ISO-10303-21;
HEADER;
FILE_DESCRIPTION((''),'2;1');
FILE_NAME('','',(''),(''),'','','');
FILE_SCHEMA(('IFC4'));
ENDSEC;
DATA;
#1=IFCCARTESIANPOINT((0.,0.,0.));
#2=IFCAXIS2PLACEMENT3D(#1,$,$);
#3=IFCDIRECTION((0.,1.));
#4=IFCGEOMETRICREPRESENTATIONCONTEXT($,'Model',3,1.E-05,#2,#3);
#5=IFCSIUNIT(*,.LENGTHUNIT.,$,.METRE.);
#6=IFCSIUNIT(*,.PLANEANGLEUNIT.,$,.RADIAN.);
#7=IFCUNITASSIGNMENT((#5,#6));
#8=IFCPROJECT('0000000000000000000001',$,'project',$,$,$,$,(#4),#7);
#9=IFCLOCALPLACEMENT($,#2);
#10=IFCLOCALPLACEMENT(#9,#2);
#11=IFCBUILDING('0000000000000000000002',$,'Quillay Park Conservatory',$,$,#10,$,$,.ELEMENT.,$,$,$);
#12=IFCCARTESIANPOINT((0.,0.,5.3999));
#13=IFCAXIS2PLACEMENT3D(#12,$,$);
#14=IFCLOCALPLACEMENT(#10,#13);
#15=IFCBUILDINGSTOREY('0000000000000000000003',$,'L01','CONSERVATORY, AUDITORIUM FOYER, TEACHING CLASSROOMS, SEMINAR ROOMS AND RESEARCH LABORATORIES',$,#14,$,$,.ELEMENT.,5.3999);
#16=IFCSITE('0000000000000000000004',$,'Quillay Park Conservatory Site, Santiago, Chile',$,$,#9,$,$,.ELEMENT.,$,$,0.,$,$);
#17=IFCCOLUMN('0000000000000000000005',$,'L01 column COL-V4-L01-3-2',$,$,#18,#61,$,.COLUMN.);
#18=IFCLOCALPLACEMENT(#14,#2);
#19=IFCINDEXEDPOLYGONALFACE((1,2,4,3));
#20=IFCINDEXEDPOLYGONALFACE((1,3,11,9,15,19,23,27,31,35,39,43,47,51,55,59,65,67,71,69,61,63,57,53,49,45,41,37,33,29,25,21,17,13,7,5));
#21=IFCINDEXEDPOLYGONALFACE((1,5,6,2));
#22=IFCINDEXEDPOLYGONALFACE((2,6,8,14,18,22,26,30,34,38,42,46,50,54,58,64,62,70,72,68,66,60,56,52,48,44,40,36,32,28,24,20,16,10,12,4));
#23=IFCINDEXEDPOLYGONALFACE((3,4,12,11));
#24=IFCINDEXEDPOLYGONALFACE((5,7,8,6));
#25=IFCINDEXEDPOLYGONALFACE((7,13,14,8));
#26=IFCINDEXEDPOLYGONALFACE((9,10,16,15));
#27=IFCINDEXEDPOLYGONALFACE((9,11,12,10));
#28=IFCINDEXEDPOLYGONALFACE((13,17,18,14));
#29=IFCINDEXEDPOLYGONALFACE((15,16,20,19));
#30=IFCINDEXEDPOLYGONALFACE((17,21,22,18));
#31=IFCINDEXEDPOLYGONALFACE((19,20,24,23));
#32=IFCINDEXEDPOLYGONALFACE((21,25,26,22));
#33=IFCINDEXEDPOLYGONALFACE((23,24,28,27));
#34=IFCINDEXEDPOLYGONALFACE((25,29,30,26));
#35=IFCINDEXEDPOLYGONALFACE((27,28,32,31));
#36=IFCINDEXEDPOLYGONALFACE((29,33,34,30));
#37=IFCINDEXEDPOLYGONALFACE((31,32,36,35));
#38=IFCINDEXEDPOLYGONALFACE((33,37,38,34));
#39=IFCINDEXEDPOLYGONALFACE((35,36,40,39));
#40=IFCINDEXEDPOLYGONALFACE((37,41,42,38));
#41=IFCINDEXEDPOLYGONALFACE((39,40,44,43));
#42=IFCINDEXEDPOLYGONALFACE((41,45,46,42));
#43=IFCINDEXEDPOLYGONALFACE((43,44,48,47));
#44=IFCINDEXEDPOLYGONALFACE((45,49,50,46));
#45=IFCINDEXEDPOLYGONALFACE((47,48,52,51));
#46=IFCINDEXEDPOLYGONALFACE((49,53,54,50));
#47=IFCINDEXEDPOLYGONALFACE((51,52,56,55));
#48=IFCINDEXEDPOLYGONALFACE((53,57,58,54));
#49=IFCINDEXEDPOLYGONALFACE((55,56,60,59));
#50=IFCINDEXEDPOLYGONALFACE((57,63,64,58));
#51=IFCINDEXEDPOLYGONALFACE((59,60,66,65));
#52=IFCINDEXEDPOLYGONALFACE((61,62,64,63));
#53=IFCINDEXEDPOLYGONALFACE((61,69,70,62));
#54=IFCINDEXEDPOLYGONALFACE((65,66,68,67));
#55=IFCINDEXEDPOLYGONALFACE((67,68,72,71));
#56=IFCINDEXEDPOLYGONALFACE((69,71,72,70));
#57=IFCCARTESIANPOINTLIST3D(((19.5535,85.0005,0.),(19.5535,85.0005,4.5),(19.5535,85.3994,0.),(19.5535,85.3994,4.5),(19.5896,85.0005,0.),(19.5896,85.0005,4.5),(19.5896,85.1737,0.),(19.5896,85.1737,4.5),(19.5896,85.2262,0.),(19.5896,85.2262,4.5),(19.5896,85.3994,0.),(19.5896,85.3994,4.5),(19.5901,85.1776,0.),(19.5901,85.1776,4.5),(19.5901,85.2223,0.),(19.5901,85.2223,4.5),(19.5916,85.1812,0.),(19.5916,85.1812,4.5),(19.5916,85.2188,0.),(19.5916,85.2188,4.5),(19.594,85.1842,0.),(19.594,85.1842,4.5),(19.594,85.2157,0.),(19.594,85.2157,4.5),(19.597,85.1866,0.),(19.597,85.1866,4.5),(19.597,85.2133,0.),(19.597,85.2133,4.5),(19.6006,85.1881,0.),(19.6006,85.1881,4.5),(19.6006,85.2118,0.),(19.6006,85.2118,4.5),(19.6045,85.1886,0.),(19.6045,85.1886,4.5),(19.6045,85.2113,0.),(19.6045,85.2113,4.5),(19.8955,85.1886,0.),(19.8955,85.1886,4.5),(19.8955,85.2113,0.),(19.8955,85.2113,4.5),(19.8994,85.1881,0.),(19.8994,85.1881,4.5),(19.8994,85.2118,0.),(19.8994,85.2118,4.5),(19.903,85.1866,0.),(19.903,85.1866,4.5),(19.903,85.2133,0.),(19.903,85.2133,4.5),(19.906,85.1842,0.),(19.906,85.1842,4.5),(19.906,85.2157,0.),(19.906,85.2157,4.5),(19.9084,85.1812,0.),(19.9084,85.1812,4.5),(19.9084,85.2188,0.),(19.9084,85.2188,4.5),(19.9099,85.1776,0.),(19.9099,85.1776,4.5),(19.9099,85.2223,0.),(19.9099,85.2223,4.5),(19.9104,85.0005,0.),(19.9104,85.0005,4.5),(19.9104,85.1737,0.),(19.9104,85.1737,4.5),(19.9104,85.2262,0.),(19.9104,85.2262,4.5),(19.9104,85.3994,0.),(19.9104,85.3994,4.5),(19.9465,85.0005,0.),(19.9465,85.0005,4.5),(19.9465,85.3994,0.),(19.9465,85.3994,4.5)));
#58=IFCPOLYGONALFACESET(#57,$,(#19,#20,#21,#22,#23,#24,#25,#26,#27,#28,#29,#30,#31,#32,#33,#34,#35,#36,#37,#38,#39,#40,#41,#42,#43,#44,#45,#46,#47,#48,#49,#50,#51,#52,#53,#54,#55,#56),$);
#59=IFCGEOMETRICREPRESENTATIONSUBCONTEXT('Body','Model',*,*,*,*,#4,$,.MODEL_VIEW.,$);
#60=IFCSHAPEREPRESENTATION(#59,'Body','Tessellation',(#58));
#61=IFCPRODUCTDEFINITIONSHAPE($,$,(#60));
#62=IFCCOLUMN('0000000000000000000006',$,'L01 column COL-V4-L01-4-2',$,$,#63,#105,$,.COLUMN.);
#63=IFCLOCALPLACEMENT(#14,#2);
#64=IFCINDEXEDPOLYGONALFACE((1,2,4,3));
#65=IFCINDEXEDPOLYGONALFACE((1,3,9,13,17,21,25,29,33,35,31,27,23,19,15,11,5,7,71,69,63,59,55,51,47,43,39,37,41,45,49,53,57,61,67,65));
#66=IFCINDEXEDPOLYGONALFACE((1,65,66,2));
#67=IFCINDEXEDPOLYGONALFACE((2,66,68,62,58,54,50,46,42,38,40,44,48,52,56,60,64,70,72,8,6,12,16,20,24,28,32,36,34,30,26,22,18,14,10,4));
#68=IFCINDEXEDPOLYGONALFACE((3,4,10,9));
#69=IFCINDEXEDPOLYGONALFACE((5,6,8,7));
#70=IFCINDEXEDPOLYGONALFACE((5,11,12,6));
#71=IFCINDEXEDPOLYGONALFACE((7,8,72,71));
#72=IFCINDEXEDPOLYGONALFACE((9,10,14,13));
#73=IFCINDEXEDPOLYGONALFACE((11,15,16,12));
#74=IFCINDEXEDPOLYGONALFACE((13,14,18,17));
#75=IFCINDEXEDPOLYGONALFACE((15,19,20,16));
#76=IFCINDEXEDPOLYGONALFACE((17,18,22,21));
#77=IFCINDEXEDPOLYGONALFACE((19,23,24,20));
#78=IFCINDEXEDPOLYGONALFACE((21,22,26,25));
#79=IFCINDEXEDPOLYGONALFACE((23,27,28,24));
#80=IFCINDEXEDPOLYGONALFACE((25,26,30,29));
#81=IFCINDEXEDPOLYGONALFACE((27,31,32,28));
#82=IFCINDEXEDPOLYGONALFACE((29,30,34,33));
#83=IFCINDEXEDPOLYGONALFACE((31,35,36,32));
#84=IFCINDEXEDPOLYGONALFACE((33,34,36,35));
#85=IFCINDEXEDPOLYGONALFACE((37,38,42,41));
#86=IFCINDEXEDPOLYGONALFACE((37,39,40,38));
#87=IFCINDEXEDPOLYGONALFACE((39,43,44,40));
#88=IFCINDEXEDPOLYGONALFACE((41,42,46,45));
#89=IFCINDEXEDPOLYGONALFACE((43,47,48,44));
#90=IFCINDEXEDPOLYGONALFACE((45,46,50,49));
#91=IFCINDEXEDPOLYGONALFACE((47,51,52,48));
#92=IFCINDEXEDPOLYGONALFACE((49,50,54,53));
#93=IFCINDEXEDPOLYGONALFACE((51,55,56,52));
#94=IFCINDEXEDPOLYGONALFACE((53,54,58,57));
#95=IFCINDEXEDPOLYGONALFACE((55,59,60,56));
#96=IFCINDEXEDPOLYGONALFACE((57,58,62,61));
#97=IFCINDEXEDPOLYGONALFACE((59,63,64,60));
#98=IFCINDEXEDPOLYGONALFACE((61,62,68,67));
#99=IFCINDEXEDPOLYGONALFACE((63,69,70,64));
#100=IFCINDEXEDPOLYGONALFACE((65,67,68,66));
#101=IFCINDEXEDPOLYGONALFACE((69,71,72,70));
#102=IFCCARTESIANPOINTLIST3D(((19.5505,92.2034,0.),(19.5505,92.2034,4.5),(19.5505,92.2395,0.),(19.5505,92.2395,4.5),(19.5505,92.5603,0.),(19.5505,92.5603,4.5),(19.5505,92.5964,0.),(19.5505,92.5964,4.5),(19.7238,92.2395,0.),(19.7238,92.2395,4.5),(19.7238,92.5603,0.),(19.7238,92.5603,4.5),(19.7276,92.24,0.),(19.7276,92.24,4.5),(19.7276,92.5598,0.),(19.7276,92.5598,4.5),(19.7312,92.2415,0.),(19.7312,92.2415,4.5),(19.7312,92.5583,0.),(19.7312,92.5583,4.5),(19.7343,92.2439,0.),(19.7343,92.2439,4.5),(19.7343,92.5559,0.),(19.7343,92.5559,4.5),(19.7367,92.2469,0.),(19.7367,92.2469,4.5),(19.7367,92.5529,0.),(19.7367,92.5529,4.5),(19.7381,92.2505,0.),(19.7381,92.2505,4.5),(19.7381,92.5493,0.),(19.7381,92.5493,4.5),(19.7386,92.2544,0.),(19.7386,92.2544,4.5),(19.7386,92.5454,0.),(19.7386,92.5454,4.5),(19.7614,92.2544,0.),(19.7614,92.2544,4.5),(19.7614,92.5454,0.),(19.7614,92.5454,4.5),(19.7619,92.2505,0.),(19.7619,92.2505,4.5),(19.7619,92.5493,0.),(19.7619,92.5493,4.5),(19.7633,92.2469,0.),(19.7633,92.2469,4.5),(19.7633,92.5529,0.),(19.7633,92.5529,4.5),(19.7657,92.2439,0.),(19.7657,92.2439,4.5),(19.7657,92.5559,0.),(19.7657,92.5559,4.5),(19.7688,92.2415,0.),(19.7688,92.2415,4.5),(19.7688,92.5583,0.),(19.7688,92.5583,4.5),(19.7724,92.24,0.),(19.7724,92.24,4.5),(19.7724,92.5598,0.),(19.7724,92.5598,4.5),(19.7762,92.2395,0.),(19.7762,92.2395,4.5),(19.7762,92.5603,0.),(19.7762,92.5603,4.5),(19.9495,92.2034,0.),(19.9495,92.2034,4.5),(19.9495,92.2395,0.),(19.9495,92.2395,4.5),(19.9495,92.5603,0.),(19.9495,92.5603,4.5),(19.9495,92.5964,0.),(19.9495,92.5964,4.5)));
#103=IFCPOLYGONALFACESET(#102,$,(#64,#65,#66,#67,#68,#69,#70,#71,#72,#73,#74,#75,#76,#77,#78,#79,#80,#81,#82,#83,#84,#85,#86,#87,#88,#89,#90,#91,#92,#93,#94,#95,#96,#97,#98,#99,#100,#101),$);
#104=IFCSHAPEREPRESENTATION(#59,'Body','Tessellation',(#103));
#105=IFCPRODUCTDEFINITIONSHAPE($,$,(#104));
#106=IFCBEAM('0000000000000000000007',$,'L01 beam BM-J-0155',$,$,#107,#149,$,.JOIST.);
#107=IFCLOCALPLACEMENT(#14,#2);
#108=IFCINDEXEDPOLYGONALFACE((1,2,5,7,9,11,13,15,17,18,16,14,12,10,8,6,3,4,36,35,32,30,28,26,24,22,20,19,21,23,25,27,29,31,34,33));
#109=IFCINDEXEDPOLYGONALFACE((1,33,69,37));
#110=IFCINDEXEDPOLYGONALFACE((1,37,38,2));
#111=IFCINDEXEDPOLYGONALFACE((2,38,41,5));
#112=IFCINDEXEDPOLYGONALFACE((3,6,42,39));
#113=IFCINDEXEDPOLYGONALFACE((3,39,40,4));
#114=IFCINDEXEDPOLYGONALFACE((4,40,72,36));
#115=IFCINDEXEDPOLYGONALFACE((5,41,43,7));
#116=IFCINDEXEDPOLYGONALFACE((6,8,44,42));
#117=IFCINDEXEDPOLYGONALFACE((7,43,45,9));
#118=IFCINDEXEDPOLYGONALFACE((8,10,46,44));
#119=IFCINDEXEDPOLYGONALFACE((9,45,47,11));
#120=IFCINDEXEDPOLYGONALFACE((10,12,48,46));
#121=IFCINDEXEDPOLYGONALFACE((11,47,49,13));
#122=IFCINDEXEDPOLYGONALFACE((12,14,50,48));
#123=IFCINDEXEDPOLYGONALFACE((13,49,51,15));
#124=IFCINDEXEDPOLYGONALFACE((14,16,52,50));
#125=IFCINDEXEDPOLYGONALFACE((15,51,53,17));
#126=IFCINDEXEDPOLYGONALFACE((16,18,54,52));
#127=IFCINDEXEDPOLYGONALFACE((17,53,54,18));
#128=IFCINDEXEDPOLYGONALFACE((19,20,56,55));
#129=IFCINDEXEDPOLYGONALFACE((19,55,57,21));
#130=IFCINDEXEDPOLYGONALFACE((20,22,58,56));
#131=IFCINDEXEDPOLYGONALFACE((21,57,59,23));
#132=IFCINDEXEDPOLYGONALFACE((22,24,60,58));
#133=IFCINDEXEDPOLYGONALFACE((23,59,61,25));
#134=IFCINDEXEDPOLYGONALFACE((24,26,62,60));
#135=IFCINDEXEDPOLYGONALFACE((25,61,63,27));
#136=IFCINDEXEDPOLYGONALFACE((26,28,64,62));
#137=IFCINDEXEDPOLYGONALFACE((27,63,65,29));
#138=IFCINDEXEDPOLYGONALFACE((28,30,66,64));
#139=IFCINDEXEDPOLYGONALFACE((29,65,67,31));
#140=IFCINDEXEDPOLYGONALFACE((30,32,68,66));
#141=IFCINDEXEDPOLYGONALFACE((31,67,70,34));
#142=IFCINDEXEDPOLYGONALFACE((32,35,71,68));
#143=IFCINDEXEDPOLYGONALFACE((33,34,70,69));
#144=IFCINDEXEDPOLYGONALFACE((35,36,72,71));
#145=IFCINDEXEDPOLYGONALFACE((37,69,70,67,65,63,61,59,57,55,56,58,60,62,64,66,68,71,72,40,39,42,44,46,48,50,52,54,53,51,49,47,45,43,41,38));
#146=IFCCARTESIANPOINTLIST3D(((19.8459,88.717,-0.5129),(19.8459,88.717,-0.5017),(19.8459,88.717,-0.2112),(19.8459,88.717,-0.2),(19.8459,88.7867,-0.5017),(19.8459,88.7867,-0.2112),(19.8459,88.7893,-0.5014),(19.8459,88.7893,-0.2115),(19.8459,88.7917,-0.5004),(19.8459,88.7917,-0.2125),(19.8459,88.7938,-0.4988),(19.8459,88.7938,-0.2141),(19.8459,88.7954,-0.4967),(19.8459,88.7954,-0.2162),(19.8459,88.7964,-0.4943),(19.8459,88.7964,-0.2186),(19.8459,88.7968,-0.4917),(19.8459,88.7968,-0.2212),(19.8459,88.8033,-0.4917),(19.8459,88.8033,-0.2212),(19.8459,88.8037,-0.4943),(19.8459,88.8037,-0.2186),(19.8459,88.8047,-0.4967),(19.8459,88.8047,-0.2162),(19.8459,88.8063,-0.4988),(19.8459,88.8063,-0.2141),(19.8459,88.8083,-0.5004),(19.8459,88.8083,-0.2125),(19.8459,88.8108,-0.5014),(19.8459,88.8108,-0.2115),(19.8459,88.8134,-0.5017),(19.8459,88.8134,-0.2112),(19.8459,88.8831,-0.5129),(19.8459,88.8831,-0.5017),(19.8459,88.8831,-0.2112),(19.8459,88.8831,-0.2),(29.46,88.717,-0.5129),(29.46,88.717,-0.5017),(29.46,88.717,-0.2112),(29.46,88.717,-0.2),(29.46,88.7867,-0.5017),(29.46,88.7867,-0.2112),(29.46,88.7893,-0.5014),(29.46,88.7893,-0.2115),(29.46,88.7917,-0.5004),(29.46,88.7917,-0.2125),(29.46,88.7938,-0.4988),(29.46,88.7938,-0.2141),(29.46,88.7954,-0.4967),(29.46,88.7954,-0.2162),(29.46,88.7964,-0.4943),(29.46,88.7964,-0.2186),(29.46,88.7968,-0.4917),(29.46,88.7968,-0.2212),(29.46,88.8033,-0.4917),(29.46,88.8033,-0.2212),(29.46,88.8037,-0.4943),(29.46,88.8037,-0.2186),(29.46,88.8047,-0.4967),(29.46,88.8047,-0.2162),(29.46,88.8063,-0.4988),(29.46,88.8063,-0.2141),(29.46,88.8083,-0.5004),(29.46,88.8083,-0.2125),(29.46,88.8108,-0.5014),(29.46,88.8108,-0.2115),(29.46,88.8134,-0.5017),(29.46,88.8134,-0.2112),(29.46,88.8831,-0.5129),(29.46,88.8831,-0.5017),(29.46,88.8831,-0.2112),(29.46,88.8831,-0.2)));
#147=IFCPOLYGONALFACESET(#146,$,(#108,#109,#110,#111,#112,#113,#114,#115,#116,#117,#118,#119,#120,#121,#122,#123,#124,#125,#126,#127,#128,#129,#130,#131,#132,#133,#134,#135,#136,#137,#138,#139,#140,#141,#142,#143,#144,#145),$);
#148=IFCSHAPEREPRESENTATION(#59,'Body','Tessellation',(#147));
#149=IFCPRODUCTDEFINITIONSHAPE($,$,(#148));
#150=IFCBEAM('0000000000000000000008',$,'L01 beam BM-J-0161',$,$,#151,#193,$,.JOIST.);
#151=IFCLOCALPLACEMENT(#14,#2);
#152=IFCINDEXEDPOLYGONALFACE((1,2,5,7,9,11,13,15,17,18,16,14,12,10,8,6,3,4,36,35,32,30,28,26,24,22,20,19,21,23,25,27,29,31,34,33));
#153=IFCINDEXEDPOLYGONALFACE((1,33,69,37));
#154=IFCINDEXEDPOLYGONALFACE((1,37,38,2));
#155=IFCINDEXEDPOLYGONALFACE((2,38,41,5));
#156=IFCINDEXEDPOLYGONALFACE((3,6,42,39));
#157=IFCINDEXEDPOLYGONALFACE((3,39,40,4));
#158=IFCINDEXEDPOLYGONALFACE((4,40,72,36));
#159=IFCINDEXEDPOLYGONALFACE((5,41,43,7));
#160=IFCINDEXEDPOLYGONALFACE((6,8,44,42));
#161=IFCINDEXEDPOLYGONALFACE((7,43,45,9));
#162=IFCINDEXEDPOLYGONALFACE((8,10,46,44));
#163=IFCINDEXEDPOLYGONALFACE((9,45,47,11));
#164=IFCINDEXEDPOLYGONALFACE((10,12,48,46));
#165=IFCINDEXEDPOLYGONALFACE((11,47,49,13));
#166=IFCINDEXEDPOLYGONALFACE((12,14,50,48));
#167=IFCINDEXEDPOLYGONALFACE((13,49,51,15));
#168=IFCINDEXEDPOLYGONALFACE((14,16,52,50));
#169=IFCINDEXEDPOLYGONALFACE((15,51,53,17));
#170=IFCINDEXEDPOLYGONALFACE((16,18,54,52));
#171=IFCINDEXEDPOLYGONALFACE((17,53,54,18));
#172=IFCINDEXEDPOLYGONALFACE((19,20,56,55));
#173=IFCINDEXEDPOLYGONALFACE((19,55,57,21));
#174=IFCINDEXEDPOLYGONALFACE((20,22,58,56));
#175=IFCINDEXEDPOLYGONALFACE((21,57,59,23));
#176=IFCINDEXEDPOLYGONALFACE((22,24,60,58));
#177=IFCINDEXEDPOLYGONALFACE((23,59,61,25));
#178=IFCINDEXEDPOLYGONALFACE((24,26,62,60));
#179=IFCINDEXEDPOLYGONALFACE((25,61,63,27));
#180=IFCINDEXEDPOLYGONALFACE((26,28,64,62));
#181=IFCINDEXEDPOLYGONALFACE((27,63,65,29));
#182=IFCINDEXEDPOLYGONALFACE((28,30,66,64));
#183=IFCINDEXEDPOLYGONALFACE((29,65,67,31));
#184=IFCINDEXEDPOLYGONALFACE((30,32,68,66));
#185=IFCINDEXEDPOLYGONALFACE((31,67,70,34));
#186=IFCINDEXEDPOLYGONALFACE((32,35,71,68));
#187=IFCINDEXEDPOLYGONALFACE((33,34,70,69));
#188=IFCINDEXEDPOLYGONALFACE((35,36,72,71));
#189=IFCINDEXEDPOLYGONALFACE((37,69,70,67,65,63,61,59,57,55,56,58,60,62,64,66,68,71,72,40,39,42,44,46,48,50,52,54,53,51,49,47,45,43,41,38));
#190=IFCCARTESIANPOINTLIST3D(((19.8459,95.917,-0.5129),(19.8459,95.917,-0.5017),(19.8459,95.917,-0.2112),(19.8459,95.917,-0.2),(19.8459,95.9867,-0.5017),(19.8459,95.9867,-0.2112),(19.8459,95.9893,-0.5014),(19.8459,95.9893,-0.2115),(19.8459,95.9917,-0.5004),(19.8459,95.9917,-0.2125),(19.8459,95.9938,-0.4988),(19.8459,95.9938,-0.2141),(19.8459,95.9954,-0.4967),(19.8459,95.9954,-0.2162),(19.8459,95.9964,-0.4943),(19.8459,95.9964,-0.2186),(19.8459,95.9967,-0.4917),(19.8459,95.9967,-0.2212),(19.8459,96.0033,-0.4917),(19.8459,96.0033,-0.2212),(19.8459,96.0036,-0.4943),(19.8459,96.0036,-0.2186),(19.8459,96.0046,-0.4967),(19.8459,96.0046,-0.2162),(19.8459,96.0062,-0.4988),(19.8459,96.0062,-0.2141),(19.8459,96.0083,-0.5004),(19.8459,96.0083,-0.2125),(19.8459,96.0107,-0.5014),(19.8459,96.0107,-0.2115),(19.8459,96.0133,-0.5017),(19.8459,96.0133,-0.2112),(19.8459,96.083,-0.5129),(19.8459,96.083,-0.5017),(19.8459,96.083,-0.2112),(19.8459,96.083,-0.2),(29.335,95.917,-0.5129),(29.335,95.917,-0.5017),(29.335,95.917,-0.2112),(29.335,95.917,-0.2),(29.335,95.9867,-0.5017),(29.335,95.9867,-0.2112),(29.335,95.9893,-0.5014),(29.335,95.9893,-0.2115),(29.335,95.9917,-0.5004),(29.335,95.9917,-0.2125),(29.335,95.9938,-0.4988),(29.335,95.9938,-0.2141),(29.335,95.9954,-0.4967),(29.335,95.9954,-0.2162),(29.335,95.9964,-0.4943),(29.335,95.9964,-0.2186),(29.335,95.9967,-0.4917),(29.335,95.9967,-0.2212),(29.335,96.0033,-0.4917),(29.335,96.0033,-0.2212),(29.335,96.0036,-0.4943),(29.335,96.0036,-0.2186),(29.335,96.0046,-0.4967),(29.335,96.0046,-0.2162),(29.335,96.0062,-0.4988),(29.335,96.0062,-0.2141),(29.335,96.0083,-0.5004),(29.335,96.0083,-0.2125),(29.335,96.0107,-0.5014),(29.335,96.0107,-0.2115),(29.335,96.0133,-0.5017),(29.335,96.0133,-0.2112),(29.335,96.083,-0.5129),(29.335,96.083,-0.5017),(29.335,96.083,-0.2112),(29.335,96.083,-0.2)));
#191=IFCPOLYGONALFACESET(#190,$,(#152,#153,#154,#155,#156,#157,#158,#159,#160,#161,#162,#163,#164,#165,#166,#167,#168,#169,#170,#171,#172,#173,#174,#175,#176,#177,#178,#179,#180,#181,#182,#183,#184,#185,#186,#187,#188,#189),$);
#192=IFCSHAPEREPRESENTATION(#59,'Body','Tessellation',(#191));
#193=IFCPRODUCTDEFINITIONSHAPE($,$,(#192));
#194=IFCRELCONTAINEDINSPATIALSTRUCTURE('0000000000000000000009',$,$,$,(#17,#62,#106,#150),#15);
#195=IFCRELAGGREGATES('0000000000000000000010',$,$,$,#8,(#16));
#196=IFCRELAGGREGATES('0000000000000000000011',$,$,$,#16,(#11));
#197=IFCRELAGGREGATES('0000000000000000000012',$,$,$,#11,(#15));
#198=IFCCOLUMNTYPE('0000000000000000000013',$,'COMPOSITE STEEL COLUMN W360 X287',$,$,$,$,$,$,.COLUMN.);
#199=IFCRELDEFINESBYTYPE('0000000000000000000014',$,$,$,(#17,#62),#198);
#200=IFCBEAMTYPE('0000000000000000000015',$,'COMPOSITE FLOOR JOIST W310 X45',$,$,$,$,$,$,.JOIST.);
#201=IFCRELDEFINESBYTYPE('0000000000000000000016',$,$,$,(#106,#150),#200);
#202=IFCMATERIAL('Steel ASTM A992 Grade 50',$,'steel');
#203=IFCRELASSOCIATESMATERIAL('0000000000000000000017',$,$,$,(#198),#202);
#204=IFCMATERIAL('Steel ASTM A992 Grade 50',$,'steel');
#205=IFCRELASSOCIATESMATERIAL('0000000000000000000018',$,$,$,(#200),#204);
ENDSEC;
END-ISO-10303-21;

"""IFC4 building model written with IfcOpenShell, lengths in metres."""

from ifc_helpers import new_model, si_unit, direction, frame, origin, origin_2d, place, context, subcontext, project, spatial, i_section, extrude, material, material_profile, profile_set, type_object, element, save


model = new_model("IFC4")

# Units and contexts
model_context = context("Model", 3, precision=1e-05, world=origin(), true_north=direction((0.0, 1.0)))
body_context = subcontext(model_context, "Body", "Model", "MODEL_VIEW")
ifc_project = project(units=[si_unit("LENGTHUNIT", "METRE"), si_unit("PLANEANGLEUNIT", "RADIAN")], contexts=[model_context])

# Site, building, storey
site_placement = place(None, origin())
site = spatial("IfcSite", under=ifc_project, at=site_placement, Name="Quillay Park Conservatory Site, Santiago, Chile", CompositionType="ELEMENT", RefElevation=0.0)
building_placement = place(site_placement, origin())
building = spatial("IfcBuilding", under=site, at=building_placement, Name="Quillay Park Conservatory", CompositionType="ELEMENT")
storey_placement = place(building_placement, frame((0.0, 0.0, 5.3999)))
storey = spatial("IfcBuildingStorey", under=building, at=storey_placement, Name="L01", Description="CONSERVATORY, AUDITORIUM FOYER, TEACHING CLASSROOMS, SEMINAR ROOMS AND RESEARCH LABORATORIES", CompositionType="ELEMENT", Elevation=5.3999)

# Columns
ifc_material_1 = material(Name="Steel ASTM A992 Grade 50", Category="steel")
ifc_material_profile_1 = material_profile(ifc_material_1, i_section(OverallWidth=0.3989, OverallDepth=0.3931, WebThickness=0.0227, FlangeThickness=0.0361, FilletRadius=0.0149, at=origin_2d()), Name="W360x287")
ifc_profile_set_1 = profile_set([ifc_material_profile_1], Name="Steel ASTM A992 Grade 50")
column_type = type_object("IfcColumnType", Name="COMPOSITE STEEL COLUMN W360 X287", PredefinedType="COLUMN", material=ifc_profile_set_1)
for number, where, z_axis, x_axis, name in (
    (1, (19.75, 85.2, 0.0), (0.0, 0.0, 1.0), (0.0, 1.0, 0.0), "L01 column COL-V4-L01-3-2"),
    (2, (19.75, 92.3999, 0.0), (0.0, 0.0, 1.0), (1.0, 0.0, 0.0), "L01 column COL-V4-L01-4-2"),
):
    element("IfcColumn", number, at=place(storey_placement, frame(where, z_axis=z_axis, x_axis=x_axis)), inside=storey, type_object=column_type, Name=name, PredefinedType="COLUMN", context=body_context, shape_type="SweptSolid", body=[
        extrude(i_section(OverallWidth=0.3989, OverallDepth=0.3931, WebThickness=0.0227, FlangeThickness=0.0361, FilletRadius=0.0149, at=origin_2d()), origin(), (0.0, 0.0, 1.0), 4.5),
    ])

# Beams
ifc_material_2 = material(Name="Steel ASTM A992 Grade 50", Category="steel")
ifc_material_profile_2 = material_profile(ifc_material_2, i_section(OverallWidth=0.166, OverallDepth=0.313, WebThickness=0.0066, FlangeThickness=0.0112, FilletRadius=0.01, at=origin_2d()), Name="W310x45")
ifc_profile_set_2 = profile_set([ifc_material_profile_2], Name="Steel ASTM A992 Grade 50")
beam_type_1 = type_object("IfcBeamType", Name="COMPOSITE FLOOR JOIST W310 X45", PredefinedType="JOIST", material=ifc_profile_set_2)
beam_1_placement = place(storey_placement, frame((19.8459, 88.8, -0.3564), z_axis=(1.0, 0.0, 0.0), x_axis=(0.0, 1.0, 0.0)))
element("IfcBeam", 3, at=beam_1_placement, inside=storey, type_object=beam_type_1, Name="L01 beam BM-J-0155", PredefinedType="JOIST", context=body_context, shape_type="SweptSolid", body=[
    extrude(i_section(OverallWidth=0.166, OverallDepth=0.313, WebThickness=0.0066, FlangeThickness=0.0112, FilletRadius=0.01, at=origin_2d()), origin(), (0.0, 0.0, 1.0), 9.614),
])
beam_2_placement = place(storey_placement, frame((19.8459, 96.0, -0.3564), z_axis=(1.0, 0.0, 0.0), x_axis=(0.0, 1.0, 0.0)))
element("IfcBeam", 4, at=beam_2_placement, inside=storey, type_object=beam_type_1, Name="L01 beam BM-J-0161", PredefinedType="JOIST", context=body_context, shape_type="SweptSolid", body=[
    extrude(i_section(OverallWidth=0.166, OverallDepth=0.313, WebThickness=0.0066, FlangeThickness=0.0112, FilletRadius=0.01, at=origin_2d()), origin(), (0.0, 0.0, 1.0), 9.489),
])

save(model, "model.ifc")
